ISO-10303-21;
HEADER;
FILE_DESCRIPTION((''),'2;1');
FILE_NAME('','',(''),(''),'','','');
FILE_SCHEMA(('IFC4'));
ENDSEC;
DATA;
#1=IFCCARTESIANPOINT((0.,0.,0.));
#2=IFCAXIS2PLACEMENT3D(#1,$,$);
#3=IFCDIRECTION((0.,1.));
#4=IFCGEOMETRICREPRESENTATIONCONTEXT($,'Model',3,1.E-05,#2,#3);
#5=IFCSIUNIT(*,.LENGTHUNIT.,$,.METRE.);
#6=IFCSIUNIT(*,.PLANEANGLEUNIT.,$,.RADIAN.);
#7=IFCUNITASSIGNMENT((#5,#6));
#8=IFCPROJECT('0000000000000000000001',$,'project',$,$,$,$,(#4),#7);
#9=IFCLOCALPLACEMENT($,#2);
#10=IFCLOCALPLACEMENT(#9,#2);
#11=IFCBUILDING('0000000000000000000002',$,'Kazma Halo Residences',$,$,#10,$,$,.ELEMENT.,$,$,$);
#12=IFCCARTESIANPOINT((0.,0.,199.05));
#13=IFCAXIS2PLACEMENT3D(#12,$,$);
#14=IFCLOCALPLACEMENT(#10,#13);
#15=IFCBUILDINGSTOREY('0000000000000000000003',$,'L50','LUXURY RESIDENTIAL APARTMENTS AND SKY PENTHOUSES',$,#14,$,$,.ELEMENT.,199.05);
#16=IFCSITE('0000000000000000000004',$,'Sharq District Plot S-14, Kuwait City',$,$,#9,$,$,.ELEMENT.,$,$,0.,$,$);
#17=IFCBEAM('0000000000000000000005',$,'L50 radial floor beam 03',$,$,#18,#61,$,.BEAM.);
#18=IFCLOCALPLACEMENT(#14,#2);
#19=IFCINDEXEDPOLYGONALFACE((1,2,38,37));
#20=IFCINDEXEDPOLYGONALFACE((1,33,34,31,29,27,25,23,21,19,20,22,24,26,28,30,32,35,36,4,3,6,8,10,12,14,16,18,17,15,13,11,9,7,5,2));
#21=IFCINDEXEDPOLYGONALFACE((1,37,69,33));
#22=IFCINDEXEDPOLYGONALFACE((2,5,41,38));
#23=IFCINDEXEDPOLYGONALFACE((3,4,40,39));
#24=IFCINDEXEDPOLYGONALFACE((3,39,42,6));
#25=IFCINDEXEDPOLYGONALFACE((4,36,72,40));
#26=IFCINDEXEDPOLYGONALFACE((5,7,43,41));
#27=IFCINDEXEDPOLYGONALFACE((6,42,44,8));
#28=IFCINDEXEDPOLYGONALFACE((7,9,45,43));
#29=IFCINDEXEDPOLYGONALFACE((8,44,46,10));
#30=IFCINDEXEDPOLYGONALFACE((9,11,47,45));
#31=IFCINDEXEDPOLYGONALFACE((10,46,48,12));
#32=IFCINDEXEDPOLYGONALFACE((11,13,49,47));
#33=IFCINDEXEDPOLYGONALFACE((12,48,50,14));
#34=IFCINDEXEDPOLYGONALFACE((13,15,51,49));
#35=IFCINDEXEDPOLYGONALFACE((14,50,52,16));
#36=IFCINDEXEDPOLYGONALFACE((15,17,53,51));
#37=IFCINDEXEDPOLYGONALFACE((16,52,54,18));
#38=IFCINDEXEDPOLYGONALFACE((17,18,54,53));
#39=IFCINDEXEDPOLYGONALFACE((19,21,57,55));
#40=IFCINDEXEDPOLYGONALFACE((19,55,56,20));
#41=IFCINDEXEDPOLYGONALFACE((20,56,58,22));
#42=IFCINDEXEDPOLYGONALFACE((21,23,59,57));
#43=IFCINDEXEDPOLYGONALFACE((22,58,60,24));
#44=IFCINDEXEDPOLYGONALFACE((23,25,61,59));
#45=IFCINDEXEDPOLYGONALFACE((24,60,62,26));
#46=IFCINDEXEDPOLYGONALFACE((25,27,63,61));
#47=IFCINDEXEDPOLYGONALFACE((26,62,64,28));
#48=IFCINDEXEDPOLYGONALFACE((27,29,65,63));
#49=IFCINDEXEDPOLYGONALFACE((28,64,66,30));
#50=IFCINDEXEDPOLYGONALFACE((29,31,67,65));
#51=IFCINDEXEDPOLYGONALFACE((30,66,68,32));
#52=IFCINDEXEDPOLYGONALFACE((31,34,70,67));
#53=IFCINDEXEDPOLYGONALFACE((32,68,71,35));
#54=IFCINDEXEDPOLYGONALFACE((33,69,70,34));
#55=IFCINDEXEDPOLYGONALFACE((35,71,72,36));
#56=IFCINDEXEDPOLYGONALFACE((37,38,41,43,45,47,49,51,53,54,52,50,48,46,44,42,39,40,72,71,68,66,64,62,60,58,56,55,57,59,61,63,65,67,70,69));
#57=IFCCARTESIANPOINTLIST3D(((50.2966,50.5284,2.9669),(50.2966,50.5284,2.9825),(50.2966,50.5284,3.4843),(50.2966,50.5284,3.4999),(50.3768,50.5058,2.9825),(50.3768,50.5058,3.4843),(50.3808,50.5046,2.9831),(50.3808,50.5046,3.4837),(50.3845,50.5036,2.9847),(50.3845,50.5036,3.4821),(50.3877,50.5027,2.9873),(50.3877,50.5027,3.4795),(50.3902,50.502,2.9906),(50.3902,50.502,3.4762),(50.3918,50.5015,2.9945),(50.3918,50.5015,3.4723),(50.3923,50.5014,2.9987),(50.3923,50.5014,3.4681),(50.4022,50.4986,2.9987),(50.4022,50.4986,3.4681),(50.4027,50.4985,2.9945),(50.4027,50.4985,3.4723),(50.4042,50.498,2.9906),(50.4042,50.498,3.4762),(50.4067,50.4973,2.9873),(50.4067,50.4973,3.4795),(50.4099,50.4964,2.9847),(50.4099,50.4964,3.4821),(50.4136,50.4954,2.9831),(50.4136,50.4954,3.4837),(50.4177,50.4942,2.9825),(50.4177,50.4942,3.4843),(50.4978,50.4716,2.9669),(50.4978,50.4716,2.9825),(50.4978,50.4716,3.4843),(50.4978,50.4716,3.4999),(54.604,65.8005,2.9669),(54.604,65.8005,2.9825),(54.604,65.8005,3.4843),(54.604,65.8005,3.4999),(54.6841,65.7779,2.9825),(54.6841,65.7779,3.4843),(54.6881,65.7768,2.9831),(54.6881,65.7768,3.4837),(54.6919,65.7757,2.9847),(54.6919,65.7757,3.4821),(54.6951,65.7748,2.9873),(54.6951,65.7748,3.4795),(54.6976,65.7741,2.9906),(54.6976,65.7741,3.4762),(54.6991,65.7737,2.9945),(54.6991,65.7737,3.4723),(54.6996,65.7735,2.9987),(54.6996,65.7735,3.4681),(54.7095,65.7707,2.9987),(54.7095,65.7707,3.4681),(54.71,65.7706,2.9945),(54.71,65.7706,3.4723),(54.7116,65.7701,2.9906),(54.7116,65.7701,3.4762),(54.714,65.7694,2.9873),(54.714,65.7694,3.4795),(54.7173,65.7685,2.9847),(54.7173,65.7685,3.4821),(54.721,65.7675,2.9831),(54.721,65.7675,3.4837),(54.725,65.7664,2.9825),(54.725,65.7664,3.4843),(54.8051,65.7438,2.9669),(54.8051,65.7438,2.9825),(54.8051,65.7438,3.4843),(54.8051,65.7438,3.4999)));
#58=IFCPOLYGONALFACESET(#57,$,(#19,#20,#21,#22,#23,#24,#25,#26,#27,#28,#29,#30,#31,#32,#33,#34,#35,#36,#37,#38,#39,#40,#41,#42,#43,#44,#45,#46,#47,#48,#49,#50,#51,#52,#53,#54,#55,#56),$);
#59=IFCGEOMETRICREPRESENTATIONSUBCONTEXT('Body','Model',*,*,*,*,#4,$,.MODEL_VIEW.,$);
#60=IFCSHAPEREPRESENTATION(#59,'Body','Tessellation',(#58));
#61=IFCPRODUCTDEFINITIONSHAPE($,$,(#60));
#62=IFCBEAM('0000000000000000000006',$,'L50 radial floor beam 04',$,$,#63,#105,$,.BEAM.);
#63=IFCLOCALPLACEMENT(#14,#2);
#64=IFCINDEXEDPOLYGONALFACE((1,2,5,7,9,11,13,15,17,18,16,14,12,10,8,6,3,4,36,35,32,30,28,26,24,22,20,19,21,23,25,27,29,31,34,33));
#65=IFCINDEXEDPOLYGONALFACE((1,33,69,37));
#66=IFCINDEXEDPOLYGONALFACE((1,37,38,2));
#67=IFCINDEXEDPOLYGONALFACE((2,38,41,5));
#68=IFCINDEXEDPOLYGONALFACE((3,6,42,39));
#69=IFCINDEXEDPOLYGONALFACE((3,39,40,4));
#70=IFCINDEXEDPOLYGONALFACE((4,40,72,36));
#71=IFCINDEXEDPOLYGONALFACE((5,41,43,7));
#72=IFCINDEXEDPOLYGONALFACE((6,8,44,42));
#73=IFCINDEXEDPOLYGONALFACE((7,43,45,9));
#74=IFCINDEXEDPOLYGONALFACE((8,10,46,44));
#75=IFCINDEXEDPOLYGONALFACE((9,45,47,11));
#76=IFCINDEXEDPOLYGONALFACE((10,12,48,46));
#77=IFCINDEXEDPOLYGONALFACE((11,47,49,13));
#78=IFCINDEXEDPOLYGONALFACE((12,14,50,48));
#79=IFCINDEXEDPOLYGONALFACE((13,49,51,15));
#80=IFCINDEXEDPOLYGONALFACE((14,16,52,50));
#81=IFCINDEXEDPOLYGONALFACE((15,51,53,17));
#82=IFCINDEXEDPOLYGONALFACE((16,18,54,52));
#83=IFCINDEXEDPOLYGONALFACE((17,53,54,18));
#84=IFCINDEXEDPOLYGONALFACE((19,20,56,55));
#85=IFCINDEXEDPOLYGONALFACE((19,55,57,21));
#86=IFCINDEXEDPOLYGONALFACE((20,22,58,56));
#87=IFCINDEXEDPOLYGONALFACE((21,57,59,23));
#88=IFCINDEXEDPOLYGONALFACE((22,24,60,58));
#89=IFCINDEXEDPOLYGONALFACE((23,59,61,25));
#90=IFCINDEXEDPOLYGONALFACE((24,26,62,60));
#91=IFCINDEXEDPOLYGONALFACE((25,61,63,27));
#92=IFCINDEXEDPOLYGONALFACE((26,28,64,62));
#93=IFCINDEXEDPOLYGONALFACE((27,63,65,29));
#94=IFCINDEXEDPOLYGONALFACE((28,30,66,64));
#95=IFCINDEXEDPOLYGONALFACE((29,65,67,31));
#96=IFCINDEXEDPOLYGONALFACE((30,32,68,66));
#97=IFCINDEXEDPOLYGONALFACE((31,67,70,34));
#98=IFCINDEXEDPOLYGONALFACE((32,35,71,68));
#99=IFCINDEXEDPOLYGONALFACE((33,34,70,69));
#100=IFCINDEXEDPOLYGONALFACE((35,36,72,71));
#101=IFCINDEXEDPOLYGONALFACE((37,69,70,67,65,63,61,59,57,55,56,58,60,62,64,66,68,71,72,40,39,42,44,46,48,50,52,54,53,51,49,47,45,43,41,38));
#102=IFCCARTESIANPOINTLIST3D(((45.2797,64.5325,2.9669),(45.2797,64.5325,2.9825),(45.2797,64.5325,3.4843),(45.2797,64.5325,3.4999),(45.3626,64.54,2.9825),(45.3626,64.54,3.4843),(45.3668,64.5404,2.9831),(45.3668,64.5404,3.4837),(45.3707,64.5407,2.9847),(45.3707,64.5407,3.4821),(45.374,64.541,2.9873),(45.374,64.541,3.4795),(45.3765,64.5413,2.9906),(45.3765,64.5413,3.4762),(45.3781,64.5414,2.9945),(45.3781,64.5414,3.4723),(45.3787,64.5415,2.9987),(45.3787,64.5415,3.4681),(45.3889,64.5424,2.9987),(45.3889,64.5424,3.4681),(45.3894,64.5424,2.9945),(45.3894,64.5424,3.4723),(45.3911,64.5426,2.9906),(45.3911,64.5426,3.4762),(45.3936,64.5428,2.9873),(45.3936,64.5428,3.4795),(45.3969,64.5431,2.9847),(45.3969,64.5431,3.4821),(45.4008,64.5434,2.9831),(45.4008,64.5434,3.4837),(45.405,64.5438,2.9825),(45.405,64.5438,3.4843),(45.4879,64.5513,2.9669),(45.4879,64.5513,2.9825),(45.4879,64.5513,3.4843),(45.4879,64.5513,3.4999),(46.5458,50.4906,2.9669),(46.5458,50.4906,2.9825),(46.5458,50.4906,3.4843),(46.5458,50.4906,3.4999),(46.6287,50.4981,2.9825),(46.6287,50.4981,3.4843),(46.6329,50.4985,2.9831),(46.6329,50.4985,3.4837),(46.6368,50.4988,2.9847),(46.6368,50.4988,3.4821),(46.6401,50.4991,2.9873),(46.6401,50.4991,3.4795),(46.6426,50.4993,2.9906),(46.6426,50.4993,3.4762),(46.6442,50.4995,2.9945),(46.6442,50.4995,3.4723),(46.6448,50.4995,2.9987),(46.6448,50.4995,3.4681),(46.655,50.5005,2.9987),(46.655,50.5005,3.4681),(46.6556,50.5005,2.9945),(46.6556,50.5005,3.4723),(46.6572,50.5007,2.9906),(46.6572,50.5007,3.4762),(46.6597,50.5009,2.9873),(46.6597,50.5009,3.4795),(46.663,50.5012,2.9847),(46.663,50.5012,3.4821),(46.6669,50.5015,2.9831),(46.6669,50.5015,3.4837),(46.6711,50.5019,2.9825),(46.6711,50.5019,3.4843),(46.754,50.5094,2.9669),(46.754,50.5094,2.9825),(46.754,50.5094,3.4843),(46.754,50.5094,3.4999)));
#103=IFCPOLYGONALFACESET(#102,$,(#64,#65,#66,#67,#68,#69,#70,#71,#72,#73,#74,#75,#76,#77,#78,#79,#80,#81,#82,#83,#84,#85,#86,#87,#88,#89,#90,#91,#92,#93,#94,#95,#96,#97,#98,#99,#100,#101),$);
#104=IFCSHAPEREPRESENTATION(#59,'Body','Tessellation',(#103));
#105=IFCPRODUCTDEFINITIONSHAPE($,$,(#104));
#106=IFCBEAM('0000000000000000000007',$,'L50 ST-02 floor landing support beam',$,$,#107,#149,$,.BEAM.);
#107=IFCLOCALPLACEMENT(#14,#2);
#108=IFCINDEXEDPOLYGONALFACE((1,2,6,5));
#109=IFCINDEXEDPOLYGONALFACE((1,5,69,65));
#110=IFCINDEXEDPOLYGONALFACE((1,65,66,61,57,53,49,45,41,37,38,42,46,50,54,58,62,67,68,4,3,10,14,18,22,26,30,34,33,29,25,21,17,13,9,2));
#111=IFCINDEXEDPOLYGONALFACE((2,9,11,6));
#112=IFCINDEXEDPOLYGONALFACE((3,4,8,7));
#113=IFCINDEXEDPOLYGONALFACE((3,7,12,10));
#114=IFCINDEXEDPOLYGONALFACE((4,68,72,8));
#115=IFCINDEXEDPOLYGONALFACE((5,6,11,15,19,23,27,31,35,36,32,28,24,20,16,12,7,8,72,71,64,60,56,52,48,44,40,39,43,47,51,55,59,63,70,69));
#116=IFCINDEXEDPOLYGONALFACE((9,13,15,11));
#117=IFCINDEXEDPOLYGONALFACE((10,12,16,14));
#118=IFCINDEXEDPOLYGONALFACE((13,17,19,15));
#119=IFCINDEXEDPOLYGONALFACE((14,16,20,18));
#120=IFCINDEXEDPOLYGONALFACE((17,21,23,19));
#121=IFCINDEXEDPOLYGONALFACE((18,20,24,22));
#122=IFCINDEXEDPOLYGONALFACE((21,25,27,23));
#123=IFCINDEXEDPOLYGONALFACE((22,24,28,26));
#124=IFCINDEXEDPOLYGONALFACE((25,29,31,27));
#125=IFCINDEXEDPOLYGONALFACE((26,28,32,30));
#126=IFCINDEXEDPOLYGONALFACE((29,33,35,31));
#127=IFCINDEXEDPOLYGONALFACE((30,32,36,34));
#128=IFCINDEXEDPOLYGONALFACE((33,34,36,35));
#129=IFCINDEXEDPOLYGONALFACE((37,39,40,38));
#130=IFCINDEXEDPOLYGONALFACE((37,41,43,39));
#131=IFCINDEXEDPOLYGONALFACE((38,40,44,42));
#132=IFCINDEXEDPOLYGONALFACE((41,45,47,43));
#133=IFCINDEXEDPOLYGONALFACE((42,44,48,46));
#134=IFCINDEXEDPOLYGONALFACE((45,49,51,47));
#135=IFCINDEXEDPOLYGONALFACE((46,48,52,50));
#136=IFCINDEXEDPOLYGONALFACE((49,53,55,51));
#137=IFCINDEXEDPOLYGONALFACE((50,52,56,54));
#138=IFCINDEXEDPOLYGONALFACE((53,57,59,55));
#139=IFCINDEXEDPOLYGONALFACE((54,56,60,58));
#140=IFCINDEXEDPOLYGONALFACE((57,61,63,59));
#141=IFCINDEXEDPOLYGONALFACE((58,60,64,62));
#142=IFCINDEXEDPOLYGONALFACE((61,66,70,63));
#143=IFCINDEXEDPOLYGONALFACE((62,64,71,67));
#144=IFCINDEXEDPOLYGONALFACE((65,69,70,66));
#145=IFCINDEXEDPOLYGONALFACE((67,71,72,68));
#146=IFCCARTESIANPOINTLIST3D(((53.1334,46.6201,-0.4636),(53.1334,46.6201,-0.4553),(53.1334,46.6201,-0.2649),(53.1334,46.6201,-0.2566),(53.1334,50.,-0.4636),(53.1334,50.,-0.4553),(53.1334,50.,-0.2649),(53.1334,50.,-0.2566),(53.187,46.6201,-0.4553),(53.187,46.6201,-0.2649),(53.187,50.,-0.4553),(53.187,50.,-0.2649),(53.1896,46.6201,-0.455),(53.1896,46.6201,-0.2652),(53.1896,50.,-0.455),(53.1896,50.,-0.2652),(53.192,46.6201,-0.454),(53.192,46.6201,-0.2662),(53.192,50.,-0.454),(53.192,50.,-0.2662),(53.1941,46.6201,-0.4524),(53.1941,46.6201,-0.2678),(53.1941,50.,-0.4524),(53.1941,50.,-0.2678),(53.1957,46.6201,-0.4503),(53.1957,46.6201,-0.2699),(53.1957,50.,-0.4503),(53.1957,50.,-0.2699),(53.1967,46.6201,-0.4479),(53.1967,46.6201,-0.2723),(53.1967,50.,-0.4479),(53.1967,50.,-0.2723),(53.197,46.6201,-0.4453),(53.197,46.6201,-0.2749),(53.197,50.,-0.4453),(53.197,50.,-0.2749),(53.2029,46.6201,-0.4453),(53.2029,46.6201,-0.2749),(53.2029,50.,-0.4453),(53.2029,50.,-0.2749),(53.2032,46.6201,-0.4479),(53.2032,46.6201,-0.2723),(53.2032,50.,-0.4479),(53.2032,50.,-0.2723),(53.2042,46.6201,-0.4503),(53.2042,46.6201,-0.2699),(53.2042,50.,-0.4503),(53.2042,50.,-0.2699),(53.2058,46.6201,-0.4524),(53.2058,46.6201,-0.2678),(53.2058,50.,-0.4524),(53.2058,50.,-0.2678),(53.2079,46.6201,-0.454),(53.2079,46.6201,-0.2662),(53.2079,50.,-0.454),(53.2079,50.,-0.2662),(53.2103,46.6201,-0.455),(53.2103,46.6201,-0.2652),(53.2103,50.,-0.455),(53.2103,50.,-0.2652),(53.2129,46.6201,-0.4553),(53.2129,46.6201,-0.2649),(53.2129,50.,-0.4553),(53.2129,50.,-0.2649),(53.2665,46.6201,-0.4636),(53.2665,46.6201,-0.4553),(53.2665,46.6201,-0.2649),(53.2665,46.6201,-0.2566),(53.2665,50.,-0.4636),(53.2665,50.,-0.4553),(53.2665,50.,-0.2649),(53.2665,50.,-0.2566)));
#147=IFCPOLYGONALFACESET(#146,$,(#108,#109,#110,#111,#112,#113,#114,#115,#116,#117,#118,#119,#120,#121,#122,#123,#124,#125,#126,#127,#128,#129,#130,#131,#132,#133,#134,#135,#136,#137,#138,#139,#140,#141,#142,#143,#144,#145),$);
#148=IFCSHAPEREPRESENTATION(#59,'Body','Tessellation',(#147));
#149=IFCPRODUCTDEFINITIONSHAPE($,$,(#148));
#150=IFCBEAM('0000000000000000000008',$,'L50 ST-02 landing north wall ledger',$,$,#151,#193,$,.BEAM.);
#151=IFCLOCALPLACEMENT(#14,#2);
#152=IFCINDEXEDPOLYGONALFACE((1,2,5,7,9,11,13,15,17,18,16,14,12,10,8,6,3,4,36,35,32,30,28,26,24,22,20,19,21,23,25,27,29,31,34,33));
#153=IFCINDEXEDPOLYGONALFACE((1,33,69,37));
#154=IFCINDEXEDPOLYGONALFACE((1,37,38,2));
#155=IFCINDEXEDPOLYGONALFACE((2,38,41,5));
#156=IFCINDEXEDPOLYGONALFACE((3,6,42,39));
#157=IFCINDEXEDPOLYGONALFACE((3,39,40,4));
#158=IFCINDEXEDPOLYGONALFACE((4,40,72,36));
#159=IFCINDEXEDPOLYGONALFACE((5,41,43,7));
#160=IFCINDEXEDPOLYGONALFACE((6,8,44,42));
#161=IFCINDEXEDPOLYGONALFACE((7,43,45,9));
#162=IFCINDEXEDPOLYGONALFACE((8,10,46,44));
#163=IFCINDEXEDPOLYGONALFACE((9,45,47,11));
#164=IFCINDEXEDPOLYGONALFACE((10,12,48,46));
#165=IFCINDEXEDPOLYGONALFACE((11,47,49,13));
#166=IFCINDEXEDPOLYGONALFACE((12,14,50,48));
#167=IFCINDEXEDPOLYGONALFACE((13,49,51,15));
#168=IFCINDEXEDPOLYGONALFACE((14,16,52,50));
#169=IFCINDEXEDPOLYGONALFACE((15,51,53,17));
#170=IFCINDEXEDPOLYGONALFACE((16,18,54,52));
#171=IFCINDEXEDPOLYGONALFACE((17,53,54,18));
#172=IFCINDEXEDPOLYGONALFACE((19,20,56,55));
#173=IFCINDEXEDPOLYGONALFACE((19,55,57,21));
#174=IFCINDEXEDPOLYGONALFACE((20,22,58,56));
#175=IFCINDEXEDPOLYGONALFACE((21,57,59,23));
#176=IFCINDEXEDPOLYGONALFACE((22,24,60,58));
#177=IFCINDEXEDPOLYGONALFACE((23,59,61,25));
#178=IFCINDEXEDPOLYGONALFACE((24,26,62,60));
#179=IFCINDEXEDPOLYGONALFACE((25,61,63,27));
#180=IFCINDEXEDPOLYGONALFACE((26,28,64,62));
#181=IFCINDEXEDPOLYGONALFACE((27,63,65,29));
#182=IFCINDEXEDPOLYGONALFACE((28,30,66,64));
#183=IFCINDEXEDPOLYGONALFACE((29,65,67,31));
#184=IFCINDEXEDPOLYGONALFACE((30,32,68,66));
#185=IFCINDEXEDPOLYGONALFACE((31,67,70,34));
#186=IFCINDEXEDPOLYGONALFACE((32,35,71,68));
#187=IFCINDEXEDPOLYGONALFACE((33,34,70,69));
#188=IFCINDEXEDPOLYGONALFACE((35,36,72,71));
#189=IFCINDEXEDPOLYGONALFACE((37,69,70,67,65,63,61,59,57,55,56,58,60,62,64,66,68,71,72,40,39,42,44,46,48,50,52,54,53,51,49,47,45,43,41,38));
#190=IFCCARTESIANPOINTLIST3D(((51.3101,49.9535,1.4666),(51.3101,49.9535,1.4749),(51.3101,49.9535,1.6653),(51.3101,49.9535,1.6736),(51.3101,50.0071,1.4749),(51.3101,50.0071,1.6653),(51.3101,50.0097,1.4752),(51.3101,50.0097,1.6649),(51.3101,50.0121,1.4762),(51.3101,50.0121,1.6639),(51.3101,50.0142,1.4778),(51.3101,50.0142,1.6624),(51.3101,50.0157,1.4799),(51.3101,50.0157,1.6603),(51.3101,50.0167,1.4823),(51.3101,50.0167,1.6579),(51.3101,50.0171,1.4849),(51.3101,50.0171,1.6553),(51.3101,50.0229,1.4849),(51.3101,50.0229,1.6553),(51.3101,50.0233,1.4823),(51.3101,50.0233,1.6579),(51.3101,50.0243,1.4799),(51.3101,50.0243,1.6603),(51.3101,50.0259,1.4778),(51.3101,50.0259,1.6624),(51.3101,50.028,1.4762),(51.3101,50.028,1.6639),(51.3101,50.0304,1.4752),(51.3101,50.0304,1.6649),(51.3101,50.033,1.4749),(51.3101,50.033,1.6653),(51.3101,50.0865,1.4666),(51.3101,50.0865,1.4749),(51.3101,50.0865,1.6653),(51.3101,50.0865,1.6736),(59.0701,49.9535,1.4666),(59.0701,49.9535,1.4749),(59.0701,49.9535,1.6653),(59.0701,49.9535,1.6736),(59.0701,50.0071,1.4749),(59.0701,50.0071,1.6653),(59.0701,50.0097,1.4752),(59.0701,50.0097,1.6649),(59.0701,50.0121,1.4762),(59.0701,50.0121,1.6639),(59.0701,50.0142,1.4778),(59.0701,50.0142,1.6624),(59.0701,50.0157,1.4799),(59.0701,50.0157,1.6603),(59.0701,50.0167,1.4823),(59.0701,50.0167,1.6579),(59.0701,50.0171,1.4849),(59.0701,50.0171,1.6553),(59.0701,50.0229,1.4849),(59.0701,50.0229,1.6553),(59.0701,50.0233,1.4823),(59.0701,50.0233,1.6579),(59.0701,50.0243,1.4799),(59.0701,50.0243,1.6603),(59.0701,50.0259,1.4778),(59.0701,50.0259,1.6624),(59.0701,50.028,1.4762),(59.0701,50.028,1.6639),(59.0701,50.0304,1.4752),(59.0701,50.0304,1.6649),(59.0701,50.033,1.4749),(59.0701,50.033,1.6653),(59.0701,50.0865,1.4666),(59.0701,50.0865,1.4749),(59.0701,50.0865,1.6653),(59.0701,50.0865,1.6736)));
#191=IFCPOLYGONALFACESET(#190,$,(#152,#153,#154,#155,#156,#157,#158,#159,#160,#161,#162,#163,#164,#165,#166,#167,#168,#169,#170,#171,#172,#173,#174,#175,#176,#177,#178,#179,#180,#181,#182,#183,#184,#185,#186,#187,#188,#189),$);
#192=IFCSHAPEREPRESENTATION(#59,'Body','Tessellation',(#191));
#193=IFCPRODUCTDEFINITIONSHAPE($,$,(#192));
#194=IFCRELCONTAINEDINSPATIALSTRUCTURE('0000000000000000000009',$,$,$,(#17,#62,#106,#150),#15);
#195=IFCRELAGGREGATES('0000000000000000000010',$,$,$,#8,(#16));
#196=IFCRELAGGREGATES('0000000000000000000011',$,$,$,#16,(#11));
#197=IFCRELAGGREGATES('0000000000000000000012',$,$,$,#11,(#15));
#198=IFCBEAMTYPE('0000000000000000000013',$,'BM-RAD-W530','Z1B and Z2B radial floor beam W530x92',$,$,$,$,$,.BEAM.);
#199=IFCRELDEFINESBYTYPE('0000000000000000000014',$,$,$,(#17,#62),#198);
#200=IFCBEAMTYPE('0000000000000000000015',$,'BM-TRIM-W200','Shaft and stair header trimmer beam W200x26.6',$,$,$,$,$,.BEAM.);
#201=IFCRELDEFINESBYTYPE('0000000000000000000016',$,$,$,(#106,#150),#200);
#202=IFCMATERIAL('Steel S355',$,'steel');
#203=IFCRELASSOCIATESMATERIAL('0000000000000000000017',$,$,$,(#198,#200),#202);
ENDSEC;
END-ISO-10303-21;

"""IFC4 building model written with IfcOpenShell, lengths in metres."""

from ifc_helpers import new_model, si_unit, direction, frame, origin, origin_2d, place, context, subcontext, project, spatial, i_section, extrude, material, material_profile, profile_set, type_object, element, save


model = new_model("IFC4")

# Units and contexts
model_context = context("Model", 3, precision=1e-05, world=origin(), true_north=direction((0.0, 1.0)))
body_context = subcontext(model_context, "Body", "Model", "MODEL_VIEW")
ifc_project = project(units=[si_unit("LENGTHUNIT", "METRE"), si_unit("PLANEANGLEUNIT", "RADIAN")], contexts=[model_context])

# Site, building, storey
site_placement = place(None, origin())
site = spatial("IfcSite", under=ifc_project, at=site_placement, Name="Sharq District Plot S-14, Kuwait City", CompositionType="ELEMENT", RefElevation=0.0)
building_placement = place(site_placement, origin())
building = spatial("IfcBuilding", under=site, at=building_placement, Name="Kazma Halo Residences", CompositionType="ELEMENT")
storey_placement = place(building_placement, frame((0.0, 0.0, 199.05)))
storey = spatial("IfcBuildingStorey", under=building, at=storey_placement, Name="L50", Description="LUXURY RESIDENTIAL APARTMENTS AND SKY PENTHOUSES", CompositionType="ELEMENT", Elevation=199.05)

# Shared definitions
ifc_material_1 = material(Name="Steel S355", Category="steel")

# Beams
ifc_material_profile_1 = material_profile(ifc_material_1, i_section(OverallWidth=0.209, OverallDepth=0.533, WebThickness=0.0103, FlangeThickness=0.0156, FilletRadius=0.0161, at=origin_2d()), Name="W530x92")
ifc_profile_set_1 = profile_set([ifc_material_profile_1], Name="Steel S355")
beam_type_1 = type_object("IfcBeamType", Name="BM-RAD-W530", Description="Z1B and Z2B radial floor beam W530x92", PredefinedType="BEAM", material=ifc_profile_set_1)
beam_1_placement = place(storey_placement, frame((50.3972, 50.5, 3.2334), z_axis=(0.27145, 0.962453, 0.0), x_axis=(-0.962453, 0.27145, 0.0)))
element("IfcBeam", 1, at=beam_1_placement, inside=storey, type_object=beam_type_1, Name="L50 radial floor beam 03", PredefinedType="BEAM", context=body_context, shape_type="SweptSolid", body=[
    extrude(i_section(OverallWidth=0.209, OverallDepth=0.533, WebThickness=0.0103, FlangeThickness=0.0156, FilletRadius=0.0161, at=origin_2d()), origin(), (0.0, 0.0, 1.0), 15.8679),
])
beam_2_placement = place(storey_placement, frame((46.6499, 50.5, 3.2334), z_axis=(-0.089802, 0.99596, 0.0), x_axis=(-0.99596, -0.089802, 0.0)))
element("IfcBeam", 2, at=beam_2_placement, inside=storey, type_object=beam_type_1, Name="L50 radial floor beam 04", PredefinedType="BEAM", context=body_context, shape_type="SweptSolid", body=[
    extrude(i_section(OverallWidth=0.209, OverallDepth=0.533, WebThickness=0.0103, FlangeThickness=0.0156, FilletRadius=0.0161, at=origin_2d()), origin(), (0.0, 0.0, 1.0), 14.0989),
])
ifc_material_profile_2 = material_profile(ifc_material_1, i_section(OverallWidth=0.1331, OverallDepth=0.207, WebThickness=0.0059, FlangeThickness=0.0083, FilletRadius=0.01, at=origin_2d()), Name="W200x26.6")
ifc_profile_set_2 = profile_set([ifc_material_profile_2], Name="Steel S355")
beam_type_2 = type_object("IfcBeamType", Name="BM-TRIM-W200", Description="Shaft and stair header trimmer beam W200x26.6", PredefinedType="BEAM", material=ifc_profile_set_2)
beam_3_placement = place(storey_placement, frame((53.2, 46.6201, -0.3601), z_axis=(0.0, 1.0, 0.0), x_axis=(-1.0, 0.0, 0.0)))
element("IfcBeam", 3, at=beam_3_placement, inside=storey, type_object=beam_type_2, Name="L50 ST-02 floor landing support beam", PredefinedType="BEAM", context=body_context, shape_type="SweptSolid", body=[
    extrude(i_section(OverallWidth=0.1331, OverallDepth=0.207, WebThickness=0.0059, FlangeThickness=0.0083, FilletRadius=0.01, at=origin_2d()), origin(), (0.0, 0.0, 1.0), 3.3799),
])
beam_4_placement = place(storey_placement, frame((51.3101, 50.02, 1.5701), z_axis=(1.0, 0.0, 0.0), x_axis=(0.0, 1.0, 0.0)))
element("IfcBeam", 4, at=beam_4_placement, inside=storey, type_object=beam_type_2, Name="L50 ST-02 landing north wall ledger", PredefinedType="BEAM", context=body_context, shape_type="SweptSolid", body=[
    extrude(i_section(OverallWidth=0.1331, OverallDepth=0.207, WebThickness=0.0059, FlangeThickness=0.0083, FilletRadius=0.01, at=origin_2d()), origin(), (0.0, 0.0, 1.0), 7.76),
])

save(model, "model.ifc")
